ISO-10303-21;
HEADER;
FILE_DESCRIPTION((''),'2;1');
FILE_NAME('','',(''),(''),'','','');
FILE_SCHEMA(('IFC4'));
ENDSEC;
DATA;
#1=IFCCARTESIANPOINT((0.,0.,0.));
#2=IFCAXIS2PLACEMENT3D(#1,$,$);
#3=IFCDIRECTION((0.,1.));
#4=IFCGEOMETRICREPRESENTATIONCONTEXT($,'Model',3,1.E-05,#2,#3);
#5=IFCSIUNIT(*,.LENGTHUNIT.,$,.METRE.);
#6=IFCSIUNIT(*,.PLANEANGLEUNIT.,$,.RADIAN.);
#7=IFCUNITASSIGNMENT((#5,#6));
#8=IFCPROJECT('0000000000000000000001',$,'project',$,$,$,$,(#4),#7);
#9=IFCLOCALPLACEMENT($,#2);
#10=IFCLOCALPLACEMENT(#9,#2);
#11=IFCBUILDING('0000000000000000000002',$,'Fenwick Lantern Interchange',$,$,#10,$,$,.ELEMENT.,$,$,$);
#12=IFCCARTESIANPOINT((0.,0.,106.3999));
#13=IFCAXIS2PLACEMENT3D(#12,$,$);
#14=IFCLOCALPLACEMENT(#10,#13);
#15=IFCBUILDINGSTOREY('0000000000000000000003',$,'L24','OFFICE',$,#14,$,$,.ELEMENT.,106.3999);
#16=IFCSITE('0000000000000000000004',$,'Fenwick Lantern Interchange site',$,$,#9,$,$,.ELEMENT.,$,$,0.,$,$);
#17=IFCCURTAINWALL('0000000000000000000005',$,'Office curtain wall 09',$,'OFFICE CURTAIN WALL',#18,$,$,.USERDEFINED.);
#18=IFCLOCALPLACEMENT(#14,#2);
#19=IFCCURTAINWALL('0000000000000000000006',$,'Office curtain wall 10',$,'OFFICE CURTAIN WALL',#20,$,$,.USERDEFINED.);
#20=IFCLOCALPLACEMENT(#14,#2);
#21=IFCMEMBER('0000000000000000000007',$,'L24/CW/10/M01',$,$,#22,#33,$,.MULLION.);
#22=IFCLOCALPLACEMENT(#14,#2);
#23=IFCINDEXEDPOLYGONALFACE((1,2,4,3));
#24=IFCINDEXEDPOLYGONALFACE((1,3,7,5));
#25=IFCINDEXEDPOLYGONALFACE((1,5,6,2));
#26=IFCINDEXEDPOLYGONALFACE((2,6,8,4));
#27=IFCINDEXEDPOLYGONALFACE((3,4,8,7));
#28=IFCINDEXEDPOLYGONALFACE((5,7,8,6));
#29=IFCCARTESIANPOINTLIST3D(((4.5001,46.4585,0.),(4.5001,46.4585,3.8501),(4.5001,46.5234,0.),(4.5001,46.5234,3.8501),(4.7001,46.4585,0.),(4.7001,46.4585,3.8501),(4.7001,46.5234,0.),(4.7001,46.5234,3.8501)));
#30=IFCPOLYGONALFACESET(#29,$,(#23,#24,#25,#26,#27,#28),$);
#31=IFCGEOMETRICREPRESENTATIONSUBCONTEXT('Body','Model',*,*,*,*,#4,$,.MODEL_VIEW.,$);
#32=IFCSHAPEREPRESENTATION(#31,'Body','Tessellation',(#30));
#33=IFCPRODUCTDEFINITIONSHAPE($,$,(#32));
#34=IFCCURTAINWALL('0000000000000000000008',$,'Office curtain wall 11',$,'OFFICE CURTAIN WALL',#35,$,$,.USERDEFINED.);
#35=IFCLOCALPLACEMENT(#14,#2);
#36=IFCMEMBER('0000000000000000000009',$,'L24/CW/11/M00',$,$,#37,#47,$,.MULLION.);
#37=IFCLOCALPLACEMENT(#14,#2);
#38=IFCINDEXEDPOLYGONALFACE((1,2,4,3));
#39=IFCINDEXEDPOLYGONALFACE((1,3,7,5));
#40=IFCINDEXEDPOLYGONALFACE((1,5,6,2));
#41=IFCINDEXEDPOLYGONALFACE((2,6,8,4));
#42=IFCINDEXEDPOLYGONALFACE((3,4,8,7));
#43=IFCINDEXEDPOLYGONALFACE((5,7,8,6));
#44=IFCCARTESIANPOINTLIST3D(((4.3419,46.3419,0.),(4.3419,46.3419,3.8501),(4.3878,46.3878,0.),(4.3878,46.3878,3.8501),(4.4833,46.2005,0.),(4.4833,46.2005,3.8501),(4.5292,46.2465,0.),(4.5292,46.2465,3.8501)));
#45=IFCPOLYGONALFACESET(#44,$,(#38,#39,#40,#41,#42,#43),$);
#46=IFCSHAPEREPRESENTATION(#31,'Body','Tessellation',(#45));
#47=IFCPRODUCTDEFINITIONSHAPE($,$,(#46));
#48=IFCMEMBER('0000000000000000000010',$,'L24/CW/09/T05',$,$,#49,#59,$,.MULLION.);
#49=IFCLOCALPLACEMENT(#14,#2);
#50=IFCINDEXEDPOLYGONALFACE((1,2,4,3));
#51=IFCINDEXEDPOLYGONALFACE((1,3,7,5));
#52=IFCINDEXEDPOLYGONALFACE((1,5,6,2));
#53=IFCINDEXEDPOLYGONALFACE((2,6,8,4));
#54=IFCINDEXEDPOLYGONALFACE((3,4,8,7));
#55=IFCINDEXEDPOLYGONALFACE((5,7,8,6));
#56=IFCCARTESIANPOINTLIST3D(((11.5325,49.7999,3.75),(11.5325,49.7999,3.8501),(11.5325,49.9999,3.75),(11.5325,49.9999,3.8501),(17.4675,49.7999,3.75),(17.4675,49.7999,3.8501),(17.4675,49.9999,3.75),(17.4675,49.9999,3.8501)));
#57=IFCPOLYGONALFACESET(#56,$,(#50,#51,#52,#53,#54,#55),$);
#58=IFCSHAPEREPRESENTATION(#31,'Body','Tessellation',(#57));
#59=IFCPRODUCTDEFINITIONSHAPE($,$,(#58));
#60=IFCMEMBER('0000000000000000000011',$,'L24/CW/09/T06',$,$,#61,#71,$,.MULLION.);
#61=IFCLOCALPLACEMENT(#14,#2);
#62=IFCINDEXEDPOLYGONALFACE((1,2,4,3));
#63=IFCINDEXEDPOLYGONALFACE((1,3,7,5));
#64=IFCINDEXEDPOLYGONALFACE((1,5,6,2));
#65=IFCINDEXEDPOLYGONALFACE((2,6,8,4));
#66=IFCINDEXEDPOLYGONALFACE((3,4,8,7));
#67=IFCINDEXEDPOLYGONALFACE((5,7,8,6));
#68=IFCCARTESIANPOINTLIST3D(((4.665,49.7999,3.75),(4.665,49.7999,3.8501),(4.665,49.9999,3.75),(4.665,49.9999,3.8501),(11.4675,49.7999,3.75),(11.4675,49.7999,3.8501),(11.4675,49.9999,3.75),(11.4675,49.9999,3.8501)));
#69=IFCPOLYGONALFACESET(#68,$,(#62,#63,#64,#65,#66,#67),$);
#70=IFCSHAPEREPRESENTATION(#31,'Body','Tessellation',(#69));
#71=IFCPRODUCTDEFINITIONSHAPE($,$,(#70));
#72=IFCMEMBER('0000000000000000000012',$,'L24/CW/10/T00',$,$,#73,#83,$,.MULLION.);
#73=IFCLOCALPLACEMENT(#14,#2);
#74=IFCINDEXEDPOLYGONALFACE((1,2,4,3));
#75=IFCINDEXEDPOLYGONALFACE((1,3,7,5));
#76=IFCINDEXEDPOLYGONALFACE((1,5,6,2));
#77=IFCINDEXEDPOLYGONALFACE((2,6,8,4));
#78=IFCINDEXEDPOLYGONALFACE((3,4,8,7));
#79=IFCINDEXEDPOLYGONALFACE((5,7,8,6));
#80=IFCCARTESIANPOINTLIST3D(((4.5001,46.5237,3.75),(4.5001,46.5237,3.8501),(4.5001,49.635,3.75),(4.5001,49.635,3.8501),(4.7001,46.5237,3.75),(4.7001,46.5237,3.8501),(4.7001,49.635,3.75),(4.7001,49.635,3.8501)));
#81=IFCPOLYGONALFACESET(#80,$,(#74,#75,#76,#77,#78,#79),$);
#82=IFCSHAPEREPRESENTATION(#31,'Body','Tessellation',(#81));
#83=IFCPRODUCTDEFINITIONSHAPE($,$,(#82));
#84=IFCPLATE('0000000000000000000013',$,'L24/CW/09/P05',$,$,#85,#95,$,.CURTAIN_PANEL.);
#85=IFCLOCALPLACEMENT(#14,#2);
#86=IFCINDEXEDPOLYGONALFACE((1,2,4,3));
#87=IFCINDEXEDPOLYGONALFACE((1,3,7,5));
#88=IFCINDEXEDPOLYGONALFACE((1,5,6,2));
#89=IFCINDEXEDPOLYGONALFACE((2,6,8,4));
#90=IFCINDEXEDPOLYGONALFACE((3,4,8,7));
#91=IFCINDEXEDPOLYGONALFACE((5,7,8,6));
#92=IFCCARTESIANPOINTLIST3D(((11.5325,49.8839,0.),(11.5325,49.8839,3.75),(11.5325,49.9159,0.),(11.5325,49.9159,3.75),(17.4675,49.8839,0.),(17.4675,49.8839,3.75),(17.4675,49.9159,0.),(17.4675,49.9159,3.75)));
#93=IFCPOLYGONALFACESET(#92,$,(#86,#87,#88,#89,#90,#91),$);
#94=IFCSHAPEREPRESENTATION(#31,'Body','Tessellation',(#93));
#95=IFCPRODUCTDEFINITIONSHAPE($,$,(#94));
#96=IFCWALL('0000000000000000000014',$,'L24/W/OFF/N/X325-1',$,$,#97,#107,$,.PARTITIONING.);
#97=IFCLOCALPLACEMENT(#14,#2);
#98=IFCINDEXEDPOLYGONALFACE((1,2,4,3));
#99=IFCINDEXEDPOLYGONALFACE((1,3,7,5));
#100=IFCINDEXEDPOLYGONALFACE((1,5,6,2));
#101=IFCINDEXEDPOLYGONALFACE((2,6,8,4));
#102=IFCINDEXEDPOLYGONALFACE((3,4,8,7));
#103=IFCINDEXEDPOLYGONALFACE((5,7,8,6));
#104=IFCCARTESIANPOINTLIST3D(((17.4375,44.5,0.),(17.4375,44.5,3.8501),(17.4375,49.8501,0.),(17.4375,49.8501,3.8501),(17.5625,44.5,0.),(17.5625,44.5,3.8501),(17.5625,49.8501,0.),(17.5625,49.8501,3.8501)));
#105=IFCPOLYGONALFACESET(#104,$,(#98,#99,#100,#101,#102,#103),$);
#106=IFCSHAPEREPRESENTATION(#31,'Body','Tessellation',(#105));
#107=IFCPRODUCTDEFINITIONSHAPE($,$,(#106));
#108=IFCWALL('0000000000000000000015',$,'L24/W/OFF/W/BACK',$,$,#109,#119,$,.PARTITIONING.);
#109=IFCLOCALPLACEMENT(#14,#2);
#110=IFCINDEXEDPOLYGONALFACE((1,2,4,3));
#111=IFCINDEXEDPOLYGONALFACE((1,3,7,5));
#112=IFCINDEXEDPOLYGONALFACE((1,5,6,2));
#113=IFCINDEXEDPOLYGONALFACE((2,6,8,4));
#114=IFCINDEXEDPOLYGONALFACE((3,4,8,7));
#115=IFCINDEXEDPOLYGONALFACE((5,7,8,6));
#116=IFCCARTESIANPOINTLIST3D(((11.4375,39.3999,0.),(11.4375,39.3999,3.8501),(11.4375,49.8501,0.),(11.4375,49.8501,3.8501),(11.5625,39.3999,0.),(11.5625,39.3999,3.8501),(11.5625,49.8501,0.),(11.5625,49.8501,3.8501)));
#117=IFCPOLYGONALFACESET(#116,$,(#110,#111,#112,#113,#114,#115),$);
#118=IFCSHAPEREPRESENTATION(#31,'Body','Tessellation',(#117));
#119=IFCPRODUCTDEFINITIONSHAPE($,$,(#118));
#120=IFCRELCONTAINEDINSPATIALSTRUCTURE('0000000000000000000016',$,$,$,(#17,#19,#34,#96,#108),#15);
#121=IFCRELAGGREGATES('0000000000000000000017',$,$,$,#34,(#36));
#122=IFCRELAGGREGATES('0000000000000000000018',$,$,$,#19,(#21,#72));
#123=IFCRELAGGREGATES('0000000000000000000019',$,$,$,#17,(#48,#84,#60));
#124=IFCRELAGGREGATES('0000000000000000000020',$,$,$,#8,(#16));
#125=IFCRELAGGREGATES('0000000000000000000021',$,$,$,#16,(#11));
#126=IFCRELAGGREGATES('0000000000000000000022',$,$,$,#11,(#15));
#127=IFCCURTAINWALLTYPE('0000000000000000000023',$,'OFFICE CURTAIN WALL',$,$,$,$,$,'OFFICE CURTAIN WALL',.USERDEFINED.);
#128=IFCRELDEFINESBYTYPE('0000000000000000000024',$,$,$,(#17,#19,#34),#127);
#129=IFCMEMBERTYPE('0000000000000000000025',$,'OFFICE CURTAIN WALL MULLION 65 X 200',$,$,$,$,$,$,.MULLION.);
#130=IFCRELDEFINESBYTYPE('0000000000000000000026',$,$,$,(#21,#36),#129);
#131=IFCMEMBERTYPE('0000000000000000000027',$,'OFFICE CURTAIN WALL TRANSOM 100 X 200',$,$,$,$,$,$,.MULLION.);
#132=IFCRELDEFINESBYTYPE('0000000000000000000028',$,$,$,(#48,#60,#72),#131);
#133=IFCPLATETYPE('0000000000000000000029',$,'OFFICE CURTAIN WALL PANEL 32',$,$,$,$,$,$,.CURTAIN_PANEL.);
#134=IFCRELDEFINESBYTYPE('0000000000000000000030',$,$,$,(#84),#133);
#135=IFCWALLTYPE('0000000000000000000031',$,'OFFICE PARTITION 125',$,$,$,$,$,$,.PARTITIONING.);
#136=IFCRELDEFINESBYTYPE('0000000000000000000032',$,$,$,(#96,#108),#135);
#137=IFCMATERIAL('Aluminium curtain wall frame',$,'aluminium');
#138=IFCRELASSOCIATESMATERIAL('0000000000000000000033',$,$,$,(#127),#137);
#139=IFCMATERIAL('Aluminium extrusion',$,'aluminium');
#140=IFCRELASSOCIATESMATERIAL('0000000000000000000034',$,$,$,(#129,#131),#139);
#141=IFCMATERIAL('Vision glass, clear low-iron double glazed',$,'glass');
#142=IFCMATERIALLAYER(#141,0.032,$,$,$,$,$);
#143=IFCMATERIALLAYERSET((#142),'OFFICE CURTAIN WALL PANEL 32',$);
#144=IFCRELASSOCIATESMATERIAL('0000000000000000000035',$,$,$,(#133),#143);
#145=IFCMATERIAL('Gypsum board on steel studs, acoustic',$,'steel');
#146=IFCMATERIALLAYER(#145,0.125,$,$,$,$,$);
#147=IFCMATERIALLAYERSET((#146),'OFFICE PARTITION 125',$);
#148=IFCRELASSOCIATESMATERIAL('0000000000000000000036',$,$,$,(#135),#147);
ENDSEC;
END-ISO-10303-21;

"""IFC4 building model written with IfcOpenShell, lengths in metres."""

from ifc_helpers import new_model, si_unit, direction, frame, frame_2d, origin, origin_2d, place, context, subcontext, project, spatial, rectangle, extrude, material, layer, layer_set, material_profile, profile_set, type_object, element, aggregate, save


model = new_model("IFC4")

# Units and contexts
model_context = context("Model", 3, precision=1e-05, world=origin(), true_north=direction((0.0, 1.0)))
body_context = subcontext(model_context, "Body", "Model", "MODEL_VIEW")
ifc_project = project(units=[si_unit("LENGTHUNIT", "METRE"), si_unit("PLANEANGLEUNIT", "RADIAN")], contexts=[model_context])

# Site, building, storey
site_placement = place(None, origin())
site = spatial("IfcSite", under=ifc_project, at=site_placement, Name="Fenwick Lantern Interchange site", CompositionType="ELEMENT", RefElevation=0.0)
building_placement = place(site_placement, origin())
building = spatial("IfcBuilding", under=site, at=building_placement, Name="Fenwick Lantern Interchange", CompositionType="ELEMENT")
storey_placement = place(building_placement, frame((0.0, 0.0, 106.3999)))
storey = spatial("IfcBuildingStorey", under=building, at=storey_placement, Name="L24", Description="OFFICE", CompositionType="ELEMENT", Elevation=106.3999)

# Curtain walls, member
ifc_material_1 = material(Name="Aluminium curtain wall frame", Category="aluminium")
curtain_wall_type = type_object("IfcCurtainWallType", Name="OFFICE CURTAIN WALL", ElementType="OFFICE CURTAIN WALL", PredefinedType="USERDEFINED", material=ifc_material_1)
curtain_wall_1_placement = place(storey_placement, origin())
curtain_wall_1 = element("IfcCurtainWall", 1, at=curtain_wall_1_placement, inside=storey, type_object=curtain_wall_type, Name="Office curtain wall 09", ObjectType="OFFICE CURTAIN WALL", PredefinedType="USERDEFINED")
ifc_material_2 = material(Name="Aluminium extrusion", Category="aluminium")
ifc_material_profile_1 = material_profile(ifc_material_2, rectangle(XDim=0.2, YDim=0.0649, at=origin_2d()), Name="OFFICE CURTAIN WALL MULLION 65 X 200")
ifc_profile_set_1 = profile_set([ifc_material_profile_1], Name="Aluminium extrusion")
member_type_1 = type_object("IfcMemberType", Name="OFFICE CURTAIN WALL MULLION 65 X 200", PredefinedType="MULLION", material=ifc_profile_set_1)
curtain_wall_2_placement = place(storey_placement, origin())
curtain_wall_2 = element("IfcCurtainWall", 2, at=curtain_wall_2_placement, inside=storey, type_object=curtain_wall_type, Name="Office curtain wall 10", ObjectType="OFFICE CURTAIN WALL", PredefinedType="USERDEFINED")
member_1_placement = place(storey_placement, frame((4.6001, 46.491, 0.0), z_axis=(0.0, 0.0, 1.0), x_axis=(1.0, 0.0, 0.0)))
member_1 = element("IfcMember", 3, at=member_1_placement, type_object=member_type_1, Name="L24/CW/10/M01", PredefinedType="MULLION", context=body_context, shape_type="SweptSolid", body=[
    extrude(rectangle(XDim=0.2, YDim=0.0649, at=origin_2d()), origin(), (0.0, 0.0, 1.0), 3.8501),
])

# Curtain wall, member
curtain_wall_3_placement = place(storey_placement, origin())
curtain_wall_3 = element("IfcCurtainWall", 4, at=curtain_wall_3_placement, inside=storey, type_object=curtain_wall_type, Name="Office curtain wall 11", ObjectType="OFFICE CURTAIN WALL", PredefinedType="USERDEFINED")
member_2_placement = place(storey_placement, frame((4.4355, 46.2942, 0.0), z_axis=(0.0, 0.0, 1.0), x_axis=(0.707107, -0.707107, 0.0)))
member_2 = element("IfcMember", 5, at=member_2_placement, type_object=member_type_1, Name="L24/CW/11/M00", PredefinedType="MULLION", context=body_context, shape_type="SweptSolid", body=[
    extrude(rectangle(XDim=0.2, YDim=0.0649, at=origin_2d()), origin(), (0.0, 0.0, 1.0), 3.8501),
])
aggregate(curtain_wall_3, [member_2])

# Members
ifc_material_profile_2 = material_profile(ifc_material_2, rectangle(XDim=0.2, YDim=0.1001, at=origin_2d()), Name="OFFICE CURTAIN WALL TRANSOM 100 X 200")
ifc_profile_set_2 = profile_set([ifc_material_profile_2], Name="Aluminium extrusion")
member_type_2 = type_object("IfcMemberType", Name="OFFICE CURTAIN WALL TRANSOM 100 X 200", PredefinedType="MULLION", material=ifc_profile_set_2)
member_3_placement = place(storey_placement, frame((17.4675, 49.8999, 3.8), z_axis=(-1.0, 0.0, 0.0), x_axis=(0.0, -1.0, 0.0)))
member_3 = element("IfcMember", 6, at=member_3_placement, type_object=member_type_2, Name="L24/CW/09/T05", PredefinedType="MULLION", context=body_context, shape_type="SweptSolid", body=[
    extrude(rectangle(XDim=0.2, YDim=0.1001, at=origin_2d()), origin(), (0.0, 0.0, 1.0), 5.9351),
])
member_4_placement = place(storey_placement, frame((11.4675, 49.8999, 3.8), z_axis=(-1.0, 0.0, 0.0), x_axis=(0.0, -1.0, 0.0)))
member_4 = element("IfcMember", 7, at=member_4_placement, type_object=member_type_2, Name="L24/CW/09/T06", PredefinedType="MULLION", context=body_context, shape_type="SweptSolid", body=[
    extrude(rectangle(XDim=0.2, YDim=0.1001, at=origin_2d()), origin(), (0.0, 0.0, 1.0), 6.8025),
])
member_5_placement = place(storey_placement, frame((4.6001, 49.635, 3.8), z_axis=(0.0, -1.0, 0.0), x_axis=(1.0, 0.0, 0.0)))
member_5 = element("IfcMember", 8, at=member_5_placement, type_object=member_type_2, Name="L24/CW/10/T00", PredefinedType="MULLION", context=body_context, shape_type="SweptSolid", body=[
    extrude(rectangle(XDim=0.2, YDim=0.1001, at=origin_2d()), origin(), (0.0, 0.0, 1.0), 3.1113),
])
aggregate(curtain_wall_2, [member_1, member_5])

# Plate
ifc_material_3 = material(Name="Vision glass, clear low-iron double glazed", Category="glass")
ifc_layer_1 = layer(ifc_material_3, 0.032)
ifc_layer_set_1 = layer_set([ifc_layer_1], Name="OFFICE CURTAIN WALL PANEL 32")
plate_type = type_object("IfcPlateType", Name="OFFICE CURTAIN WALL PANEL 32", PredefinedType="CURTAIN_PANEL", material=ifc_layer_set_1)
plate_placement = place(storey_placement, frame((14.5, 49.8999, 0.0), z_axis=(0.0, 0.0, 1.0), x_axis=(-1.0, 0.0, 0.0)))
plate = element("IfcPlate", 9, at=plate_placement, type_object=plate_type, Name="L24/CW/09/P05", PredefinedType="CURTAIN_PANEL", context=body_context, shape_type="SweptSolid", body=[
    extrude(rectangle(XDim=5.9351, YDim=0.032, at=origin_2d()), origin(), (0.0, 0.0, 1.0), 3.75),
])
aggregate(curtain_wall_1, [member_3, plate, member_4])

# Walls
ifc_material_4 = material(Name="Gypsum board on steel studs, acoustic", Category="steel")
ifc_layer_2 = layer(ifc_material_4, 0.125)
ifc_layer_set_2 = layer_set([ifc_layer_2], Name="OFFICE PARTITION 125")
wall_type = type_object("IfcWallType", Name="OFFICE PARTITION 125", PredefinedType="PARTITIONING", material=ifc_layer_set_2)
wall_1_placement = place(storey_placement, frame((17.5, 49.8501, 0.0), z_axis=(0.0, 0.0, 1.0), x_axis=(0.0, -1.0, 0.0)))
element("IfcWall", 10, at=wall_1_placement, inside=storey, type_object=wall_type, Name="L24/W/OFF/N/X325-1", PredefinedType="PARTITIONING", context=body_context, shape_type="SweptSolid", body=[
    extrude(rectangle(XDim=5.3501, YDim=0.125, at=frame_2d((2.675, 0.0))), origin(), (0.0, 0.0, 1.0), 3.8501),
])
wall_2_placement = place(storey_placement, frame((11.5, 49.8501, 0.0), z_axis=(0.0, 0.0, 1.0), x_axis=(0.0, -1.0, 0.0)))
element("IfcWall", 11, at=wall_2_placement, inside=storey, type_object=wall_type, Name="L24/W/OFF/W/BACK", PredefinedType="PARTITIONING", context=body_context, shape_type="SweptSolid", body=[
    extrude(rectangle(XDim=10.4502, YDim=0.125, at=frame_2d((5.2251, 0.0))), origin(), (0.0, 0.0, 1.0), 3.8501),
])

save(model, "model.ifc")
